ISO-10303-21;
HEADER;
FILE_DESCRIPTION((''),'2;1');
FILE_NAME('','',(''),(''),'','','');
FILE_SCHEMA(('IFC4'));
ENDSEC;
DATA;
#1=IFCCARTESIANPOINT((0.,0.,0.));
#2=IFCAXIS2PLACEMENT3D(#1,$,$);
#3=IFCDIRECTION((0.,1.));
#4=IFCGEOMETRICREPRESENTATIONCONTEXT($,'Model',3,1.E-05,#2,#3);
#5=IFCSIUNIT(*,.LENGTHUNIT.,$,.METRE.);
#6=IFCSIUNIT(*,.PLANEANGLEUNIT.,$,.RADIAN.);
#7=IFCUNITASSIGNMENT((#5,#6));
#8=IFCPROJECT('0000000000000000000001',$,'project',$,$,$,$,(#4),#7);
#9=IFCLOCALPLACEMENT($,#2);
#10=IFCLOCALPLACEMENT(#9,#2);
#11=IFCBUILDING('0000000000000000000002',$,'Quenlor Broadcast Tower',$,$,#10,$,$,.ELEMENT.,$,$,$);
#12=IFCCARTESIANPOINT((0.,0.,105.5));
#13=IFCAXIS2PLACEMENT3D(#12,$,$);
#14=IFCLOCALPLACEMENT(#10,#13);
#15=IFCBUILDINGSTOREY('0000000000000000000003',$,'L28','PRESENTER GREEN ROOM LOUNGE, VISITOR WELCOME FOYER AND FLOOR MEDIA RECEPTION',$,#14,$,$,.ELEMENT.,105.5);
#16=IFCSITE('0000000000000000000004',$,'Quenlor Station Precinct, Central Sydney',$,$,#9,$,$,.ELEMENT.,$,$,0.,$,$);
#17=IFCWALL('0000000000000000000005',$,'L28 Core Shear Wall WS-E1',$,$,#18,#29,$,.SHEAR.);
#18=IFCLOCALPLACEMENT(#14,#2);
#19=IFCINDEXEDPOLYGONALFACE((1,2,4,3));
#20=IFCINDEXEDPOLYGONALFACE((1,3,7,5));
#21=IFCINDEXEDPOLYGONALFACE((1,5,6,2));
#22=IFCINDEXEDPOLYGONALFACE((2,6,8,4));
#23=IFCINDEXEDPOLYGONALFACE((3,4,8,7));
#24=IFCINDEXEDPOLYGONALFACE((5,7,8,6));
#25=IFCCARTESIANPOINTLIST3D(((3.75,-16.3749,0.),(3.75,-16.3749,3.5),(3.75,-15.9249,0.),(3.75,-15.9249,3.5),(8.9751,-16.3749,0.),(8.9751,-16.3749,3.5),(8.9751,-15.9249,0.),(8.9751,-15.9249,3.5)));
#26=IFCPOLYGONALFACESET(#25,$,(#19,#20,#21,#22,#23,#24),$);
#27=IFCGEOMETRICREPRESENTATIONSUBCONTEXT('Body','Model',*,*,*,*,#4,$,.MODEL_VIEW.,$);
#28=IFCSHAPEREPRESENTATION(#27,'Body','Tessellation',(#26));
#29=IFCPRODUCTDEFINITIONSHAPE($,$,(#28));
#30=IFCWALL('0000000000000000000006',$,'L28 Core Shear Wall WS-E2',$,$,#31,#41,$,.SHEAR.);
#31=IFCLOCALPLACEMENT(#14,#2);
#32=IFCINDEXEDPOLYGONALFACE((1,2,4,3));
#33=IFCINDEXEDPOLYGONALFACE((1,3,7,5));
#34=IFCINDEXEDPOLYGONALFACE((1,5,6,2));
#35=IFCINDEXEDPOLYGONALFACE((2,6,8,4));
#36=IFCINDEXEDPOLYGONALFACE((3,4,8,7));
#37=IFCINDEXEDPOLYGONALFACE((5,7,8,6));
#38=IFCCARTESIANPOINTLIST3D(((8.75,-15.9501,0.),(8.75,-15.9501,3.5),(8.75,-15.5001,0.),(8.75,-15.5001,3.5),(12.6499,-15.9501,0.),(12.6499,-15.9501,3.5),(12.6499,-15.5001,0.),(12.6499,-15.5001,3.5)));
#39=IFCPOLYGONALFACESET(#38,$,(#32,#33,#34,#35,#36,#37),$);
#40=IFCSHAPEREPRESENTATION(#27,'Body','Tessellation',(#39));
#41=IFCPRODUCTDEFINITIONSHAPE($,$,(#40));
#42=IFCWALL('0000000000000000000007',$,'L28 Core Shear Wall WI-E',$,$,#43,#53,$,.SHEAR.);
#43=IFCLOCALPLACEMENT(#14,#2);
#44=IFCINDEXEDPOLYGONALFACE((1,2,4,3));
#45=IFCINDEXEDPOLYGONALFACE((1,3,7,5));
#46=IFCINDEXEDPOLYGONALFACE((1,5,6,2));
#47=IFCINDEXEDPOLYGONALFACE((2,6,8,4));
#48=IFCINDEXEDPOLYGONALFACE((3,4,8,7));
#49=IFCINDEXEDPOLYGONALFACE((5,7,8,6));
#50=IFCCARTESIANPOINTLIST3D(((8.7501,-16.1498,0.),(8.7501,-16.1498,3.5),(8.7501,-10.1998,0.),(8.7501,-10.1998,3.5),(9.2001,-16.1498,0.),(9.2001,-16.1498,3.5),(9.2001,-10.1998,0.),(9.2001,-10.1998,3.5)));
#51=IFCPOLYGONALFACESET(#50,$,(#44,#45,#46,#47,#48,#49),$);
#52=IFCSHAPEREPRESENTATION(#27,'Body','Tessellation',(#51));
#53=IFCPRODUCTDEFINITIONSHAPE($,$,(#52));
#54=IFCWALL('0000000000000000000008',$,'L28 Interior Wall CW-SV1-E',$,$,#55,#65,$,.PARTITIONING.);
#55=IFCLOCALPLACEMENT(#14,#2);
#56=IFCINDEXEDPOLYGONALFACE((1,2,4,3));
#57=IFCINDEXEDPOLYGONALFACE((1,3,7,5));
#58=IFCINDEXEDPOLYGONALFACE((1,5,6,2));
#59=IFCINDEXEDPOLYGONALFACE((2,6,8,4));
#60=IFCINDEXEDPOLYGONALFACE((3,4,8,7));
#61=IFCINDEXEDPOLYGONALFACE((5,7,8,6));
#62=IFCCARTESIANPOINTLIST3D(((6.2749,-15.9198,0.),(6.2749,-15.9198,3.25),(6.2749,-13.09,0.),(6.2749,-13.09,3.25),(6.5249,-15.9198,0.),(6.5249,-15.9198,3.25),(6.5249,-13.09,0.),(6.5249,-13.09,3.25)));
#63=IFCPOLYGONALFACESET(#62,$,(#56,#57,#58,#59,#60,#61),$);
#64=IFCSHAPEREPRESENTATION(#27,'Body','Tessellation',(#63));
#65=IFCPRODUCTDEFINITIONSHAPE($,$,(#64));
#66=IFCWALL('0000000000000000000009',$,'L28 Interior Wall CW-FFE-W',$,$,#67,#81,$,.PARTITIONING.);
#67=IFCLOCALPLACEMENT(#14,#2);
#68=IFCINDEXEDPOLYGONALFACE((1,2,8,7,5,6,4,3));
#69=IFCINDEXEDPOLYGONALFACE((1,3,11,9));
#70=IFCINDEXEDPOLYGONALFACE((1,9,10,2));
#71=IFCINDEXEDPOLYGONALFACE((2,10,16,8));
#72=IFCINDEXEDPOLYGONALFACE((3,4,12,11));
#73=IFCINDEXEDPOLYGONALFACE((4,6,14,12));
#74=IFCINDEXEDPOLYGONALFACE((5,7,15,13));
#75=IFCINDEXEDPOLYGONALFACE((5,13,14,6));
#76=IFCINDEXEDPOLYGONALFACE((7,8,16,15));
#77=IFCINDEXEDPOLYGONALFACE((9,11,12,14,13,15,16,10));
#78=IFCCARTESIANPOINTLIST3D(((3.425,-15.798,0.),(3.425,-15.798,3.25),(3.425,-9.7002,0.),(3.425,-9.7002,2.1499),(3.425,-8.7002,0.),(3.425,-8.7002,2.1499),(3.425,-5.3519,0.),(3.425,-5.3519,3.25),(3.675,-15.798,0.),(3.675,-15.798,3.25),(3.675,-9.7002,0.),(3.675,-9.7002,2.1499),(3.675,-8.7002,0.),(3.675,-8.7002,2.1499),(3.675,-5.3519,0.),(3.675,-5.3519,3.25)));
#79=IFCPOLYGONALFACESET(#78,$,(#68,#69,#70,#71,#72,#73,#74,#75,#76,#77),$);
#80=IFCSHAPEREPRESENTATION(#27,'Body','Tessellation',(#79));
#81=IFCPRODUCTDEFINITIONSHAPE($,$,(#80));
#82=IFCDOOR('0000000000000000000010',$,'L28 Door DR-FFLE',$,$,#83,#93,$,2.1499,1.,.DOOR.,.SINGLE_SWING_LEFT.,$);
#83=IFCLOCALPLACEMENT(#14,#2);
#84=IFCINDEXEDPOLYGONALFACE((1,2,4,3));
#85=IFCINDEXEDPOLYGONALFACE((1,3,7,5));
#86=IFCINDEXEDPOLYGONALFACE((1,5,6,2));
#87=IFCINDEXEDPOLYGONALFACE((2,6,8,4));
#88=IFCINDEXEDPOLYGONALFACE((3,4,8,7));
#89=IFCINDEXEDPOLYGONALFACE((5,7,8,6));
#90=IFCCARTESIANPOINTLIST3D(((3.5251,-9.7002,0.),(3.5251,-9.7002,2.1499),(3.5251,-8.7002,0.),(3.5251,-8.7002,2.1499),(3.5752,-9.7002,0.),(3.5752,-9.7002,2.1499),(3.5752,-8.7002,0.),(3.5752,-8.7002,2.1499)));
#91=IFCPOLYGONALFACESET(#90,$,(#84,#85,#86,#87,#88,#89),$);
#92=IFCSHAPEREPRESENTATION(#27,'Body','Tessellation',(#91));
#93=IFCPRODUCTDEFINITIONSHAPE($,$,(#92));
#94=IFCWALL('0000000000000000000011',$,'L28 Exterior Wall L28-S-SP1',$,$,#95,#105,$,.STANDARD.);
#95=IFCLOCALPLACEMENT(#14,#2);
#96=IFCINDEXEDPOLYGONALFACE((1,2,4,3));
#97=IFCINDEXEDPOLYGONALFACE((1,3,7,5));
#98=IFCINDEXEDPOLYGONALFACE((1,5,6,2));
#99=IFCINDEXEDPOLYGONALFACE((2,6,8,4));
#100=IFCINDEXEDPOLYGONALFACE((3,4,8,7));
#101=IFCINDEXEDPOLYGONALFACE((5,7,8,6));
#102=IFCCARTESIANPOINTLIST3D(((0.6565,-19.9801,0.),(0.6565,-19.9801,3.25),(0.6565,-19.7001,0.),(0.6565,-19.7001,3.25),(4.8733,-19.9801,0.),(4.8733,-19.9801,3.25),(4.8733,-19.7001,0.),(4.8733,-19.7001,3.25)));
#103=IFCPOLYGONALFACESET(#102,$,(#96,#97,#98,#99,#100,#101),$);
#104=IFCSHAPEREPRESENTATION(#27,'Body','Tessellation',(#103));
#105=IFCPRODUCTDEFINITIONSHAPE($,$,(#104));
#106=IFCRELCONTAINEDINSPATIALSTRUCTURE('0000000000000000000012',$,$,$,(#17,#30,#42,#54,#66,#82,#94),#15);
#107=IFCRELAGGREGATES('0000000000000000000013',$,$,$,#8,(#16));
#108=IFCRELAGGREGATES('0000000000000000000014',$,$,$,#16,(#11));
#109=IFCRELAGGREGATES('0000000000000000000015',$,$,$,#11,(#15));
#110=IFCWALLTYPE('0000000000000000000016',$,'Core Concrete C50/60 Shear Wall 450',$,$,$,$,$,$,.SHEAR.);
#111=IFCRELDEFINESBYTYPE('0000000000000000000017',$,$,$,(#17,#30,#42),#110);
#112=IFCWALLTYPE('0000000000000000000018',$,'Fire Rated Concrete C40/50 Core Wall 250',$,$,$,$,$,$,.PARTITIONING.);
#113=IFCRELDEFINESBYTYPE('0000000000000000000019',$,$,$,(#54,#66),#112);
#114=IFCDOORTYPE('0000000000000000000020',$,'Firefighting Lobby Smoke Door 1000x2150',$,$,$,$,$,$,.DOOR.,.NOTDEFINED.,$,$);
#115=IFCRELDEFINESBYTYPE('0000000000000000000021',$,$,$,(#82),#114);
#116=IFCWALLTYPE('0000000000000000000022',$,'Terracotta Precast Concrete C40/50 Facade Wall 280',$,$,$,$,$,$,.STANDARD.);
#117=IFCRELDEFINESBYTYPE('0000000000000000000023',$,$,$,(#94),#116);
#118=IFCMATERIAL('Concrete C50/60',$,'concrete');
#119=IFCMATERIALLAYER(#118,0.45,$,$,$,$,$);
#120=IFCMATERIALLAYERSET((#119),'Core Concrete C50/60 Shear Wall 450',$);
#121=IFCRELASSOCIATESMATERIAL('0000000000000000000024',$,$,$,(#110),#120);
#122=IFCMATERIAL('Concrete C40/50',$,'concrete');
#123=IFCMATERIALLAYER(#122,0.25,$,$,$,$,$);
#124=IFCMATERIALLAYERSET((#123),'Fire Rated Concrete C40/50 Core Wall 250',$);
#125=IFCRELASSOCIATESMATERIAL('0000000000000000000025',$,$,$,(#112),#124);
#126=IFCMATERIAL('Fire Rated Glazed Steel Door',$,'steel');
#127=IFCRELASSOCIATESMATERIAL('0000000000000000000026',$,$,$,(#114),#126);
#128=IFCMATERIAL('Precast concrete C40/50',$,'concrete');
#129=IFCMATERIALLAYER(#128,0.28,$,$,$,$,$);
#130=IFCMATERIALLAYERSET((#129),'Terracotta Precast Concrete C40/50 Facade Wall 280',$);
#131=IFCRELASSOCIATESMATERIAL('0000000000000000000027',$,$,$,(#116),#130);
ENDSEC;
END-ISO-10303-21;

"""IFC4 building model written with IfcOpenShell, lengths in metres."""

from ifc_helpers import new_model, si_unit, direction, frame, frame_2d, origin, place, context, subcontext, project, spatial, rectangle, extrude, material, layer, layer_set, type_object, element, fill, save


model = new_model("IFC4")

# Units and contexts
model_context = context("Model", 3, precision=1e-05, world=origin(), true_north=direction((0.0, 1.0)))
body_context = subcontext(model_context, "Body", "Model", "MODEL_VIEW")
ifc_project = project(units=[si_unit("LENGTHUNIT", "METRE"), si_unit("PLANEANGLEUNIT", "RADIAN")], contexts=[model_context])

# Site, building, storey
site_placement = place(None, origin())
site = spatial("IfcSite", under=ifc_project, at=site_placement, Name="Quenlor Station Precinct, Central Sydney", CompositionType="ELEMENT", RefElevation=0.0)
building_placement = place(site_placement, origin())
building = spatial("IfcBuilding", under=site, at=building_placement, Name="Quenlor Broadcast Tower", CompositionType="ELEMENT")
storey_placement = place(building_placement, frame((0.0, 0.0, 105.5)))
storey = spatial("IfcBuildingStorey", under=building, at=storey_placement, Name="L28", Description="PRESENTER GREEN ROOM LOUNGE, VISITOR WELCOME FOYER AND FLOOR MEDIA RECEPTION", CompositionType="ELEMENT", Elevation=105.5)

# Walls
ifc_material_1 = material(Name="Concrete C50/60", Category="concrete")
ifc_layer_1 = layer(ifc_material_1, 0.45)
ifc_layer_set_1 = layer_set([ifc_layer_1], Name="Core Concrete C50/60 Shear Wall 450")
wall_type_1 = type_object("IfcWallType", Name="Core Concrete C50/60 Shear Wall 450", PredefinedType="SHEAR", material=ifc_layer_set_1)
wall_1_placement = place(storey_placement, frame((3.75, -16.1499, 0.0), z_axis=(0.0, 0.0, 1.0), x_axis=(1.0, 0.0, 0.0)))
element("IfcWall", 1, at=wall_1_placement, inside=storey, type_object=wall_type_1, Name="L28 Core Shear Wall WS-E1", PredefinedType="SHEAR", context=body_context, shape_type="SweptSolid", body=[
    extrude(rectangle(XDim=5.2251, YDim=0.45, at=frame_2d((2.6125, 0.0))), origin(), (0.0, 0.0, 1.0), 3.5),
])
wall_2_placement = place(storey_placement, frame((8.75, -15.7251, 0.0), z_axis=(0.0, 0.0, 1.0), x_axis=(1.0, 0.0, 0.0)))
element("IfcWall", 2, at=wall_2_placement, inside=storey, type_object=wall_type_1, Name="L28 Core Shear Wall WS-E2", PredefinedType="SHEAR", context=body_context, shape_type="SweptSolid", body=[
    extrude(rectangle(XDim=3.8999, YDim=0.45, at=frame_2d((1.95, 0.0))), origin(), (0.0, 0.0, 1.0), 3.5),
])
wall_3_placement = place(storey_placement, frame((8.9751, -16.1499, 0.0), z_axis=(0.0, 0.0, 1.0), x_axis=(0.0, 1.0, 0.0)))
element("IfcWall", 3, at=wall_3_placement, inside=storey, type_object=wall_type_1, Name="L28 Core Shear Wall WI-E", PredefinedType="SHEAR", context=body_context, shape_type="SweptSolid", body=[
    extrude(rectangle(XDim=5.95, YDim=0.45, at=frame_2d((2.9751, 0.0))), origin(), (0.0, 0.0, 1.0), 3.5),
])
ifc_material_2 = material(Name="Concrete C40/50", Category="concrete")
ifc_layer_2 = layer(ifc_material_2, 0.25)
ifc_layer_set_2 = layer_set([ifc_layer_2], Name="Fire Rated Concrete C40/50 Core Wall 250")
wall_type_2 = type_object("IfcWallType", Name="Fire Rated Concrete C40/50 Core Wall 250", PredefinedType="PARTITIONING", material=ifc_layer_set_2)
wall_4_placement = place(storey_placement, frame((6.3999, -15.9199, 0.0), z_axis=(0.0, 0.0, 1.0), x_axis=(0.0, 1.0, 0.0)))
element("IfcWall", 4, at=wall_4_placement, inside=storey, type_object=wall_type_2, Name="L28 Interior Wall CW-SV1-E", PredefinedType="PARTITIONING", context=body_context, shape_type="SweptSolid", body=[
    extrude(rectangle(XDim=2.8298, YDim=0.25, at=frame_2d((1.415, 0.0))), origin(), (0.0, 0.0, 1.0), 3.25),
])

# Wall, opening, door
wall_5_placement = place(storey_placement, frame((3.55, -15.7981, 0.0), z_axis=(0.0, 0.0, 1.0), x_axis=(0.0, 1.0, 0.0)))
wall_5 = element("IfcWall", 5, at=wall_5_placement, inside=storey, type_object=wall_type_2, Name="L28 Interior Wall CW-FFE-W", PredefinedType="PARTITIONING", context=body_context, shape_type="SweptSolid", body=[
    extrude(rectangle(XDim=10.446, YDim=0.25, at=frame_2d((5.2231, 0.0))), origin(), (0.0, 0.0, 1.0), 3.25),
])
opening_placement = place(wall_5_placement, frame((6.0979, 0.0, 0.0)))
opening = element("IfcOpeningElement", 6, at=opening_placement, cuts=wall_5, PredefinedType="OPENING", context=body_context, shape_type="SweptSolid", body=[
    extrude(rectangle(XDim=1.0, YDim=2.1499, at=frame_2d((0.5, 1.075))), frame((0.0, 0.135, 0.0), z_axis=(0.0, -1.0, 0.0), x_axis=(1.0, 0.0, 0.0)), (0.0, 0.0, 1.0), 0.27),
])
ifc_material_3 = material(Name="Fire Rated Glazed Steel Door", Category="steel")
door_type = type_object("IfcDoorType", Name="Firefighting Lobby Smoke Door 1000x2150", OperationType="NOTDEFINED", PredefinedType="DOOR", material=ifc_material_3)
door_placement = place(opening_placement, origin())
door = element("IfcDoor", 7, at=door_placement, inside=storey, type_object=door_type, Name="L28 Door DR-FFLE", OperationType="SINGLE_SWING_LEFT", OverallHeight=2.1499, OverallWidth=1.0, PredefinedType="DOOR", context=body_context, shape_type="SweptSolid", body=[
    extrude(rectangle(XDim=1.0, YDim=2.1499, at=frame_2d((0.5, 1.075))), frame((0.0, 0.0249, 0.0), z_axis=(0.0, -1.0, 0.0), x_axis=(1.0, 0.0, 0.0)), (0.0, 0.0, 1.0), 0.05),
])
fill(opening, door)

# Wall
ifc_material_4 = material(Name="Precast concrete C40/50", Category="concrete")
ifc_layer_3 = layer(ifc_material_4, 0.28)
ifc_layer_set_3 = layer_set([ifc_layer_3], Name="Terracotta Precast Concrete C40/50 Facade Wall 280")
wall_type_3 = type_object("IfcWallType", Name="Terracotta Precast Concrete C40/50 Facade Wall 280", PredefinedType="STANDARD", material=ifc_layer_set_3)
wall_6_placement = place(storey_placement, frame((4.8733, -19.8401, 0.0), z_axis=(0.0, 0.0, 1.0), x_axis=(-1.0, 0.0, 0.0)))
element("IfcWall", 8, at=wall_6_placement, inside=storey, type_object=wall_type_3, Name="L28 Exterior Wall L28-S-SP1", PredefinedType="STANDARD", context=body_context, shape_type="SweptSolid", body=[
    extrude(rectangle(XDim=4.2168, YDim=0.28, at=frame_2d((2.1084, 0.0))), origin(), (0.0, 0.0, 1.0), 3.25),
])

save(model, "model.ifc")
